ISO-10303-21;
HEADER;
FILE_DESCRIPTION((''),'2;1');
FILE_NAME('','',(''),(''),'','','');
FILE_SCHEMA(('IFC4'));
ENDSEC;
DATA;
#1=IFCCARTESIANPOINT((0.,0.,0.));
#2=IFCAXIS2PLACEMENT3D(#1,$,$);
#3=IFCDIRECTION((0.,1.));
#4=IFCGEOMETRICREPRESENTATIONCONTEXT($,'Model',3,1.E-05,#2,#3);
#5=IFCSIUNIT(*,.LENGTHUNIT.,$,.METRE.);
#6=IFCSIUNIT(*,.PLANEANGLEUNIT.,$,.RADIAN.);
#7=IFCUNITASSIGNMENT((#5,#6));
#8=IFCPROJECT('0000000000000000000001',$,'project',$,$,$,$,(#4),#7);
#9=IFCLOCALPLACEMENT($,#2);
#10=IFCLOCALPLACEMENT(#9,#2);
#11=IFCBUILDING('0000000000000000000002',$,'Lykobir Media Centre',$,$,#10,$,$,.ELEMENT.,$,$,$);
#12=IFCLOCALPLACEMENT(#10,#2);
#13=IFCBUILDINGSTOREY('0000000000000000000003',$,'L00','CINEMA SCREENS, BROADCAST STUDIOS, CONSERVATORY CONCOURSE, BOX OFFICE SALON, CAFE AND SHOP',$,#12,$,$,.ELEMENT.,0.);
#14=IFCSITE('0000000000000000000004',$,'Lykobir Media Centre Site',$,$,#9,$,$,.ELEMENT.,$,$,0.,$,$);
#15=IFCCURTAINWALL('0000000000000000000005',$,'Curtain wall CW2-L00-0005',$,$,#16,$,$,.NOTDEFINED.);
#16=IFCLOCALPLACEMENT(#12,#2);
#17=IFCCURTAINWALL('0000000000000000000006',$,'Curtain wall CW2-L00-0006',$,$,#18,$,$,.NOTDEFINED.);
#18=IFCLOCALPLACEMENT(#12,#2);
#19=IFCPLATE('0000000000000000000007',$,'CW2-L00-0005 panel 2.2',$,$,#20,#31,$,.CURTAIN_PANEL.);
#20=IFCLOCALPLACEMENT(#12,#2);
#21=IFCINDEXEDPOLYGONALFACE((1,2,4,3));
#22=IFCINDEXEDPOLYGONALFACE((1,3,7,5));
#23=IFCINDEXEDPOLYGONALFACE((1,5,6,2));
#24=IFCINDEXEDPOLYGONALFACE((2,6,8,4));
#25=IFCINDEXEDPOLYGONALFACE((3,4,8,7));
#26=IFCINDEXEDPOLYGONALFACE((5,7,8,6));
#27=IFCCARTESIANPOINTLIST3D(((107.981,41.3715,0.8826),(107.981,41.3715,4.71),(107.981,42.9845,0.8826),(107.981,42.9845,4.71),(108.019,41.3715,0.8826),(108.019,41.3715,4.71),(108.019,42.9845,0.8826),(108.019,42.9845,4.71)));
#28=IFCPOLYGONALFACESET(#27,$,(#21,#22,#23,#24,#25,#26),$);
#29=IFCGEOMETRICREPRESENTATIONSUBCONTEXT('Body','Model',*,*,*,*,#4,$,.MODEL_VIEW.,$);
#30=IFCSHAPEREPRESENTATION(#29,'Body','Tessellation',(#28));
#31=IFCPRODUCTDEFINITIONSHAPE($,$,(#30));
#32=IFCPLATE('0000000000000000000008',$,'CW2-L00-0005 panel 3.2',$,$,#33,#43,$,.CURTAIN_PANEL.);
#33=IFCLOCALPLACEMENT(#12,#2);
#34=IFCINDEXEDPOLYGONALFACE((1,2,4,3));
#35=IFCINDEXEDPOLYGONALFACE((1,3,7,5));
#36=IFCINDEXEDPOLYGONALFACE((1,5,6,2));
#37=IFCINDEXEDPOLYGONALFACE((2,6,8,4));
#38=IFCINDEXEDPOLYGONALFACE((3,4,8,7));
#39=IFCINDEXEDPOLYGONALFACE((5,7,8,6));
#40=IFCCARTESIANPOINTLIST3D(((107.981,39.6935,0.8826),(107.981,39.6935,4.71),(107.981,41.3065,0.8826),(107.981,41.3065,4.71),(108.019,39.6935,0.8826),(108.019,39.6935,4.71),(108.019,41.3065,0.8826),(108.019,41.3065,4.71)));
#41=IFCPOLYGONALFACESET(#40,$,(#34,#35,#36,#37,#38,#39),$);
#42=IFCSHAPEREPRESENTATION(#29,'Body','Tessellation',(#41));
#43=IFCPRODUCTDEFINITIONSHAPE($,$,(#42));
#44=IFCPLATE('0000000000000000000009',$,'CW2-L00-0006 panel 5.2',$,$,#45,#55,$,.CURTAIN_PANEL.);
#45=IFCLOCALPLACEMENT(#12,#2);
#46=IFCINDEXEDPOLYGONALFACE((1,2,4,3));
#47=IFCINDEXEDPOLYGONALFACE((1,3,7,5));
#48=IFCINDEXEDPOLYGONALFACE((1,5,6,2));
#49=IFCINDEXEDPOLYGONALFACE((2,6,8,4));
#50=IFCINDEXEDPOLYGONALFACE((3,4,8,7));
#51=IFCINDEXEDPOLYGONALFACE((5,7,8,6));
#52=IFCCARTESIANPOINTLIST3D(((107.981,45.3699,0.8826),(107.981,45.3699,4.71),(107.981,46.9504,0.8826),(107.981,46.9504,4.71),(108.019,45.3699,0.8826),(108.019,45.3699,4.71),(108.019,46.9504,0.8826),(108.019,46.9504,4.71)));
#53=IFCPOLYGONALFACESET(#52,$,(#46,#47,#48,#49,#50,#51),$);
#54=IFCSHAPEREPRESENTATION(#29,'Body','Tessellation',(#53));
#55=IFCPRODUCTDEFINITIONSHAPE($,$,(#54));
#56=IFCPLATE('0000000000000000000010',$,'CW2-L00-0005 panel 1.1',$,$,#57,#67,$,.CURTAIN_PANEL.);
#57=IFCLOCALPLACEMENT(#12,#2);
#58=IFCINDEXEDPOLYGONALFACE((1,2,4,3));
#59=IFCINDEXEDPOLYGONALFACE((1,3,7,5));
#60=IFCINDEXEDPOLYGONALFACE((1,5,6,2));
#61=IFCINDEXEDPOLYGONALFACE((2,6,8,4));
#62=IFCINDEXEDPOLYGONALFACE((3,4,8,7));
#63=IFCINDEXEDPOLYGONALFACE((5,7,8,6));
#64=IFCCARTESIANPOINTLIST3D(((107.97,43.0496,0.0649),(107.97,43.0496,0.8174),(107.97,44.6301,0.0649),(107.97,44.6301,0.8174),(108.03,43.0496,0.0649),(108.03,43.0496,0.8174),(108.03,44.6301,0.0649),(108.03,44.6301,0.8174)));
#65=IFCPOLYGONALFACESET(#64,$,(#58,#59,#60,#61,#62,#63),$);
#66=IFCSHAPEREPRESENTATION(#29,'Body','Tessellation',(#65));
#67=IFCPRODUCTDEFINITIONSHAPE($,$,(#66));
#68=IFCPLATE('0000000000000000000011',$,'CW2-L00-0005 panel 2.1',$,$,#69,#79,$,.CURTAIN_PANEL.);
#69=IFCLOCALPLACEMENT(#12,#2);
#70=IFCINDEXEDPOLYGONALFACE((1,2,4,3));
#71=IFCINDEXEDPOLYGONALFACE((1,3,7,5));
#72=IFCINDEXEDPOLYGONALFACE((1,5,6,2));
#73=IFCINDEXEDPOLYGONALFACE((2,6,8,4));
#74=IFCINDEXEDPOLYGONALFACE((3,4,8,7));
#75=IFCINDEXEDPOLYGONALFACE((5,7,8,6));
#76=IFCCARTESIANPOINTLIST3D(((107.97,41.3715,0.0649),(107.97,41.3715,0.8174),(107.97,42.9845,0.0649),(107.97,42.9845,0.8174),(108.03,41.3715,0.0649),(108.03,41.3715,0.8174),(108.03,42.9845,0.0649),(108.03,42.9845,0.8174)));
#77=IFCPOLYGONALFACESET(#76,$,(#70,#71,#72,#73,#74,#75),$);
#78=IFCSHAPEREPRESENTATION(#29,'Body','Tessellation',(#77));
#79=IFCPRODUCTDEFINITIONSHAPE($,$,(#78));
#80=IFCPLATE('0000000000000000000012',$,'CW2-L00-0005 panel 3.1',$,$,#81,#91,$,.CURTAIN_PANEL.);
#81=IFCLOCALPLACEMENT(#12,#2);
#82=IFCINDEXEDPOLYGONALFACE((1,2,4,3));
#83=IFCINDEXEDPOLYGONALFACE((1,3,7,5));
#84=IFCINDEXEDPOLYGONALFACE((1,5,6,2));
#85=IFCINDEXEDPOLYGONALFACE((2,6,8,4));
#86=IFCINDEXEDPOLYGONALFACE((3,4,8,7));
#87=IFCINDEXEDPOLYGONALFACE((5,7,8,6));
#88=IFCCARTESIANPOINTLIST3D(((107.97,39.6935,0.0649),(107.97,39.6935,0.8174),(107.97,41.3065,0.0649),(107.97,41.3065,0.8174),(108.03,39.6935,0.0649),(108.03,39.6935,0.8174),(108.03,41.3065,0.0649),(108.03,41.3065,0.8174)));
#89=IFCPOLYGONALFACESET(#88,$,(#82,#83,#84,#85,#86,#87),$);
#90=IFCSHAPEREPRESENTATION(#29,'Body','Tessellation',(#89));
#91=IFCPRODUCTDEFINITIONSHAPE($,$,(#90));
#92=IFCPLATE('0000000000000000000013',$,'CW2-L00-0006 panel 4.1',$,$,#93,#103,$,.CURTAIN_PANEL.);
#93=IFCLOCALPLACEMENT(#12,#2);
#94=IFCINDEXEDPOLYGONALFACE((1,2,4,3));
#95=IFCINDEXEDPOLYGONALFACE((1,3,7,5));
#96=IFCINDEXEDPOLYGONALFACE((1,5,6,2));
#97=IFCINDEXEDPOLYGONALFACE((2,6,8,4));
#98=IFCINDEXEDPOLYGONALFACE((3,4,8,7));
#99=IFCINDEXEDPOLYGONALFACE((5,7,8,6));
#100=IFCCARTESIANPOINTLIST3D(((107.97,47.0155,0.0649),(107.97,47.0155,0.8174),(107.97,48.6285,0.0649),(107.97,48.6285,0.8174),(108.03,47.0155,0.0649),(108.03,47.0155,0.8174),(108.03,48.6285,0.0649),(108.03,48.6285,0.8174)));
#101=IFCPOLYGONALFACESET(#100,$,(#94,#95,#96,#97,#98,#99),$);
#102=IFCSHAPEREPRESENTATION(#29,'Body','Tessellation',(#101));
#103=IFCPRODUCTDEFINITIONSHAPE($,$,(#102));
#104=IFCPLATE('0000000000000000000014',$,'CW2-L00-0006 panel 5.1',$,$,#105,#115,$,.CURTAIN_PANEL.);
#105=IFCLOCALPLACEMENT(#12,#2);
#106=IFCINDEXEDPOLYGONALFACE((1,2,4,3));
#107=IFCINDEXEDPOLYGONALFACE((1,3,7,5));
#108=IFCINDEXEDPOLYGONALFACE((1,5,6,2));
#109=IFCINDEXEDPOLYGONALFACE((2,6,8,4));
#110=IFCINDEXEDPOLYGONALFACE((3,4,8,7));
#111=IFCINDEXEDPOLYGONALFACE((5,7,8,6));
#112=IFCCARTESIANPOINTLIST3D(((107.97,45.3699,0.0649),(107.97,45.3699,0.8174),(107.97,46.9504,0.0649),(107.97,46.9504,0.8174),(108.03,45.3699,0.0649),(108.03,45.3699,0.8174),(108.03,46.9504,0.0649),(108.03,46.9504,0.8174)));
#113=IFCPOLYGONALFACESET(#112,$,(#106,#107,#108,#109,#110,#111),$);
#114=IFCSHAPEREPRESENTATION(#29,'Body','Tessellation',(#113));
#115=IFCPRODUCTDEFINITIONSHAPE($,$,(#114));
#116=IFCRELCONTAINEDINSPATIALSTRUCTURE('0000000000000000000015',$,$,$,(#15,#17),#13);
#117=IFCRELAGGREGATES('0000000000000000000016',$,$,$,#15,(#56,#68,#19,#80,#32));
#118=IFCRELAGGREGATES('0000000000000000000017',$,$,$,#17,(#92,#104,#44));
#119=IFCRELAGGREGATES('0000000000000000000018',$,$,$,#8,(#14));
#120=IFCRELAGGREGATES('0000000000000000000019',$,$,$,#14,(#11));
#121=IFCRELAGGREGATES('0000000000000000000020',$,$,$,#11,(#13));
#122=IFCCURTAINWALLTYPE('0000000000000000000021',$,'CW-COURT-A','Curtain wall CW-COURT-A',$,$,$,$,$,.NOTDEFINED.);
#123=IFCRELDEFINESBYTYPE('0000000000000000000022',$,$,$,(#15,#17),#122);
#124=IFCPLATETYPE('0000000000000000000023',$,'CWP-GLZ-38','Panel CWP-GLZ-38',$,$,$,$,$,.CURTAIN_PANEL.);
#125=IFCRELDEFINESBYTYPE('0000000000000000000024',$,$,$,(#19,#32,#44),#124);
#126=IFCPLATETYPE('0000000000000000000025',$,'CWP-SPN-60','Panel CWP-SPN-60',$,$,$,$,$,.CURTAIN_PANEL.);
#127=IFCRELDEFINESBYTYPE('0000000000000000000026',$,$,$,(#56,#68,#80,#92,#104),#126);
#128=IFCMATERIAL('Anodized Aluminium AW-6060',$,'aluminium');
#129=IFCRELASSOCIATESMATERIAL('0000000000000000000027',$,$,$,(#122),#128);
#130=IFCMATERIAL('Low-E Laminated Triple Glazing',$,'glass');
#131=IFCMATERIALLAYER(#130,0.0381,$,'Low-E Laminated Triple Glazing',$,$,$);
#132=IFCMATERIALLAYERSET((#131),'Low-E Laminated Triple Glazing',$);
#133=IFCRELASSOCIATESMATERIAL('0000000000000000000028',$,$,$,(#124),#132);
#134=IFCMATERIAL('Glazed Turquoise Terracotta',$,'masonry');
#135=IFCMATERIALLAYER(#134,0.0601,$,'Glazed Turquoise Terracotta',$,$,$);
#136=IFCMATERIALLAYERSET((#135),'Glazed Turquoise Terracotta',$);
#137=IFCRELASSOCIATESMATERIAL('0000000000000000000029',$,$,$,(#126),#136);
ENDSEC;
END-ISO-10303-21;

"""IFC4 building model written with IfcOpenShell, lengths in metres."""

from ifc_helpers import new_model, si_unit, direction, frame, origin, origin_2d, place, context, subcontext, project, spatial, rectangle, extrude, material, layer, layer_set, type_object, element, aggregate, save


model = new_model("IFC4")

# Units and contexts
model_context = context("Model", 3, precision=1e-05, world=origin(), true_north=direction((0.0, 1.0)))
body_context = subcontext(model_context, "Body", "Model", "MODEL_VIEW")
ifc_project = project(units=[si_unit("LENGTHUNIT", "METRE"), si_unit("PLANEANGLEUNIT", "RADIAN")], contexts=[model_context])

# Site, building, storey
site_placement = place(None, origin())
site = spatial("IfcSite", under=ifc_project, at=site_placement, Name="Lykobir Media Centre Site", CompositionType="ELEMENT", RefElevation=0.0)
building_placement = place(site_placement, origin())
building = spatial("IfcBuilding", under=site, at=building_placement, Name="Lykobir Media Centre", CompositionType="ELEMENT")
storey_placement = place(building_placement, origin())
storey = spatial("IfcBuildingStorey", under=building, at=storey_placement, Name="L00", Description="CINEMA SCREENS, BROADCAST STUDIOS, CONSERVATORY CONCOURSE, BOX OFFICE SALON, CAFE AND SHOP", CompositionType="ELEMENT", Elevation=0.0)

# Curtain walls
ifc_material_1 = material(Name="Anodized Aluminium AW-6060", Category="aluminium")
curtain_wall_type = type_object("IfcCurtainWallType", Name="CW-COURT-A", Description="Curtain wall CW-COURT-A", PredefinedType="NOTDEFINED", material=ifc_material_1)
curtain_wall_1_placement = place(storey_placement, origin())
curtain_wall_1 = element("IfcCurtainWall", 1, at=curtain_wall_1_placement, inside=storey, type_object=curtain_wall_type, Name="Curtain wall CW2-L00-0005", PredefinedType="NOTDEFINED")
curtain_wall_2_placement = place(storey_placement, origin())
curtain_wall_2 = element("IfcCurtainWall", 2, at=curtain_wall_2_placement, inside=storey, type_object=curtain_wall_type, Name="Curtain wall CW2-L00-0006", PredefinedType="NOTDEFINED")

# Plates
ifc_material_2 = material(Name="Low-E Laminated Triple Glazing", Category="glass")
ifc_layer_1 = layer(ifc_material_2, 0.0381, Name="Low-E Laminated Triple Glazing")
ifc_layer_set_1 = layer_set([ifc_layer_1], Name="Low-E Laminated Triple Glazing")
plate_type_1 = type_object("IfcPlateType", Name="CWP-GLZ-38", Description="Panel CWP-GLZ-38", PredefinedType="CURTAIN_PANEL", material=ifc_layer_set_1)
plate_1_placement = place(storey_placement, frame((108.0, 42.178, 0.8826), z_axis=(0.0, 0.0, 1.0), x_axis=(0.0, -1.0, 0.0)))
plate_1 = element("IfcPlate", 3, at=plate_1_placement, type_object=plate_type_1, Name="CW2-L00-0005 panel 2.2", PredefinedType="CURTAIN_PANEL", context=body_context, shape_type="SweptSolid", body=[
    extrude(rectangle(XDim=1.613, YDim=0.0381, at=origin_2d()), origin(), (0.0, 0.0, 1.0), 3.8274),
])
plate_2_placement = place(storey_placement, frame((108.0, 40.5, 0.8826), z_axis=(0.0, 0.0, 1.0), x_axis=(0.0, -1.0, 0.0)))
plate_2 = element("IfcPlate", 4, at=plate_2_placement, type_object=plate_type_1, Name="CW2-L00-0005 panel 3.2", PredefinedType="CURTAIN_PANEL", context=body_context, shape_type="SweptSolid", body=[
    extrude(rectangle(XDim=1.613, YDim=0.0381, at=origin_2d()), origin(), (0.0, 0.0, 1.0), 3.8274),
])
plate_3_placement = place(storey_placement, frame((108.0, 46.1602, 0.8826), z_axis=(0.0, 0.0, 1.0), x_axis=(0.0, -1.0, 0.0)))
plate_3 = element("IfcPlate", 5, at=plate_3_placement, type_object=plate_type_1, Name="CW2-L00-0006 panel 5.2", PredefinedType="CURTAIN_PANEL", context=body_context, shape_type="SweptSolid", body=[
    extrude(rectangle(XDim=1.5806, YDim=0.0381, at=origin_2d()), origin(), (0.0, 0.0, 1.0), 3.8274),
])
ifc_material_3 = material(Name="Glazed Turquoise Terracotta", Category="masonry")
ifc_layer_2 = layer(ifc_material_3, 0.0601, Name="Glazed Turquoise Terracotta")
ifc_layer_set_2 = layer_set([ifc_layer_2], Name="Glazed Turquoise Terracotta")
plate_type_2 = type_object("IfcPlateType", Name="CWP-SPN-60", Description="Panel CWP-SPN-60", PredefinedType="CURTAIN_PANEL", material=ifc_layer_set_2)
plate_4_placement = place(storey_placement, frame((108.0, 43.8398, 0.0649), z_axis=(0.0, 0.0, 1.0), x_axis=(0.0, -1.0, 0.0)))
plate_4 = element("IfcPlate", 6, at=plate_4_placement, type_object=plate_type_2, Name="CW2-L00-0005 panel 1.1", PredefinedType="CURTAIN_PANEL", context=body_context, shape_type="SweptSolid", body=[
    extrude(rectangle(XDim=1.5806, YDim=0.0601, at=origin_2d()), origin(), (0.0, 0.0, 1.0), 0.7524),
])
plate_5_placement = place(storey_placement, frame((108.0, 42.178, 0.0649), z_axis=(0.0, 0.0, 1.0), x_axis=(0.0, -1.0, 0.0)))
plate_5 = element("IfcPlate", 7, at=plate_5_placement, type_object=plate_type_2, Name="CW2-L00-0005 panel 2.1", PredefinedType="CURTAIN_PANEL", context=body_context, shape_type="SweptSolid", body=[
    extrude(rectangle(XDim=1.613, YDim=0.0601, at=origin_2d()), origin(), (0.0, 0.0, 1.0), 0.7524),
])
plate_6_placement = place(storey_placement, frame((108.0, 40.5, 0.0649), z_axis=(0.0, 0.0, 1.0), x_axis=(0.0, -1.0, 0.0)))
plate_6 = element("IfcPlate", 8, at=plate_6_placement, type_object=plate_type_2, Name="CW2-L00-0005 panel 3.1", PredefinedType="CURTAIN_PANEL", context=body_context, shape_type="SweptSolid", body=[
    extrude(rectangle(XDim=1.613, YDim=0.0601, at=origin_2d()), origin(), (0.0, 0.0, 1.0), 0.7524),
])
aggregate(curtain_wall_1, [plate_4, plate_5, plate_1, plate_6, plate_2])
plate_7_placement = place(storey_placement, frame((108.0, 47.822, 0.0649), z_axis=(0.0, 0.0, 1.0), x_axis=(0.0, -1.0, 0.0)))
plate_7 = element("IfcPlate", 9, at=plate_7_placement, type_object=plate_type_2, Name="CW2-L00-0006 panel 4.1", PredefinedType="CURTAIN_PANEL", context=body_context, shape_type="SweptSolid", body=[
    extrude(rectangle(XDim=1.613, YDim=0.0601, at=origin_2d()), origin(), (0.0, 0.0, 1.0), 0.7524),
])
plate_8_placement = place(storey_placement, frame((108.0, 46.1602, 0.0649), z_axis=(0.0, 0.0, 1.0), x_axis=(0.0, -1.0, 0.0)))
plate_8 = element("IfcPlate", 10, at=plate_8_placement, type_object=plate_type_2, Name="CW2-L00-0006 panel 5.1", PredefinedType="CURTAIN_PANEL", context=body_context, shape_type="SweptSolid", body=[
    extrude(rectangle(XDim=1.5806, YDim=0.0601, at=origin_2d()), origin(), (0.0, 0.0, 1.0), 0.7524),
])
aggregate(curtain_wall_2, [plate_7, plate_8, plate_3])

save(model, "model.ifc")
